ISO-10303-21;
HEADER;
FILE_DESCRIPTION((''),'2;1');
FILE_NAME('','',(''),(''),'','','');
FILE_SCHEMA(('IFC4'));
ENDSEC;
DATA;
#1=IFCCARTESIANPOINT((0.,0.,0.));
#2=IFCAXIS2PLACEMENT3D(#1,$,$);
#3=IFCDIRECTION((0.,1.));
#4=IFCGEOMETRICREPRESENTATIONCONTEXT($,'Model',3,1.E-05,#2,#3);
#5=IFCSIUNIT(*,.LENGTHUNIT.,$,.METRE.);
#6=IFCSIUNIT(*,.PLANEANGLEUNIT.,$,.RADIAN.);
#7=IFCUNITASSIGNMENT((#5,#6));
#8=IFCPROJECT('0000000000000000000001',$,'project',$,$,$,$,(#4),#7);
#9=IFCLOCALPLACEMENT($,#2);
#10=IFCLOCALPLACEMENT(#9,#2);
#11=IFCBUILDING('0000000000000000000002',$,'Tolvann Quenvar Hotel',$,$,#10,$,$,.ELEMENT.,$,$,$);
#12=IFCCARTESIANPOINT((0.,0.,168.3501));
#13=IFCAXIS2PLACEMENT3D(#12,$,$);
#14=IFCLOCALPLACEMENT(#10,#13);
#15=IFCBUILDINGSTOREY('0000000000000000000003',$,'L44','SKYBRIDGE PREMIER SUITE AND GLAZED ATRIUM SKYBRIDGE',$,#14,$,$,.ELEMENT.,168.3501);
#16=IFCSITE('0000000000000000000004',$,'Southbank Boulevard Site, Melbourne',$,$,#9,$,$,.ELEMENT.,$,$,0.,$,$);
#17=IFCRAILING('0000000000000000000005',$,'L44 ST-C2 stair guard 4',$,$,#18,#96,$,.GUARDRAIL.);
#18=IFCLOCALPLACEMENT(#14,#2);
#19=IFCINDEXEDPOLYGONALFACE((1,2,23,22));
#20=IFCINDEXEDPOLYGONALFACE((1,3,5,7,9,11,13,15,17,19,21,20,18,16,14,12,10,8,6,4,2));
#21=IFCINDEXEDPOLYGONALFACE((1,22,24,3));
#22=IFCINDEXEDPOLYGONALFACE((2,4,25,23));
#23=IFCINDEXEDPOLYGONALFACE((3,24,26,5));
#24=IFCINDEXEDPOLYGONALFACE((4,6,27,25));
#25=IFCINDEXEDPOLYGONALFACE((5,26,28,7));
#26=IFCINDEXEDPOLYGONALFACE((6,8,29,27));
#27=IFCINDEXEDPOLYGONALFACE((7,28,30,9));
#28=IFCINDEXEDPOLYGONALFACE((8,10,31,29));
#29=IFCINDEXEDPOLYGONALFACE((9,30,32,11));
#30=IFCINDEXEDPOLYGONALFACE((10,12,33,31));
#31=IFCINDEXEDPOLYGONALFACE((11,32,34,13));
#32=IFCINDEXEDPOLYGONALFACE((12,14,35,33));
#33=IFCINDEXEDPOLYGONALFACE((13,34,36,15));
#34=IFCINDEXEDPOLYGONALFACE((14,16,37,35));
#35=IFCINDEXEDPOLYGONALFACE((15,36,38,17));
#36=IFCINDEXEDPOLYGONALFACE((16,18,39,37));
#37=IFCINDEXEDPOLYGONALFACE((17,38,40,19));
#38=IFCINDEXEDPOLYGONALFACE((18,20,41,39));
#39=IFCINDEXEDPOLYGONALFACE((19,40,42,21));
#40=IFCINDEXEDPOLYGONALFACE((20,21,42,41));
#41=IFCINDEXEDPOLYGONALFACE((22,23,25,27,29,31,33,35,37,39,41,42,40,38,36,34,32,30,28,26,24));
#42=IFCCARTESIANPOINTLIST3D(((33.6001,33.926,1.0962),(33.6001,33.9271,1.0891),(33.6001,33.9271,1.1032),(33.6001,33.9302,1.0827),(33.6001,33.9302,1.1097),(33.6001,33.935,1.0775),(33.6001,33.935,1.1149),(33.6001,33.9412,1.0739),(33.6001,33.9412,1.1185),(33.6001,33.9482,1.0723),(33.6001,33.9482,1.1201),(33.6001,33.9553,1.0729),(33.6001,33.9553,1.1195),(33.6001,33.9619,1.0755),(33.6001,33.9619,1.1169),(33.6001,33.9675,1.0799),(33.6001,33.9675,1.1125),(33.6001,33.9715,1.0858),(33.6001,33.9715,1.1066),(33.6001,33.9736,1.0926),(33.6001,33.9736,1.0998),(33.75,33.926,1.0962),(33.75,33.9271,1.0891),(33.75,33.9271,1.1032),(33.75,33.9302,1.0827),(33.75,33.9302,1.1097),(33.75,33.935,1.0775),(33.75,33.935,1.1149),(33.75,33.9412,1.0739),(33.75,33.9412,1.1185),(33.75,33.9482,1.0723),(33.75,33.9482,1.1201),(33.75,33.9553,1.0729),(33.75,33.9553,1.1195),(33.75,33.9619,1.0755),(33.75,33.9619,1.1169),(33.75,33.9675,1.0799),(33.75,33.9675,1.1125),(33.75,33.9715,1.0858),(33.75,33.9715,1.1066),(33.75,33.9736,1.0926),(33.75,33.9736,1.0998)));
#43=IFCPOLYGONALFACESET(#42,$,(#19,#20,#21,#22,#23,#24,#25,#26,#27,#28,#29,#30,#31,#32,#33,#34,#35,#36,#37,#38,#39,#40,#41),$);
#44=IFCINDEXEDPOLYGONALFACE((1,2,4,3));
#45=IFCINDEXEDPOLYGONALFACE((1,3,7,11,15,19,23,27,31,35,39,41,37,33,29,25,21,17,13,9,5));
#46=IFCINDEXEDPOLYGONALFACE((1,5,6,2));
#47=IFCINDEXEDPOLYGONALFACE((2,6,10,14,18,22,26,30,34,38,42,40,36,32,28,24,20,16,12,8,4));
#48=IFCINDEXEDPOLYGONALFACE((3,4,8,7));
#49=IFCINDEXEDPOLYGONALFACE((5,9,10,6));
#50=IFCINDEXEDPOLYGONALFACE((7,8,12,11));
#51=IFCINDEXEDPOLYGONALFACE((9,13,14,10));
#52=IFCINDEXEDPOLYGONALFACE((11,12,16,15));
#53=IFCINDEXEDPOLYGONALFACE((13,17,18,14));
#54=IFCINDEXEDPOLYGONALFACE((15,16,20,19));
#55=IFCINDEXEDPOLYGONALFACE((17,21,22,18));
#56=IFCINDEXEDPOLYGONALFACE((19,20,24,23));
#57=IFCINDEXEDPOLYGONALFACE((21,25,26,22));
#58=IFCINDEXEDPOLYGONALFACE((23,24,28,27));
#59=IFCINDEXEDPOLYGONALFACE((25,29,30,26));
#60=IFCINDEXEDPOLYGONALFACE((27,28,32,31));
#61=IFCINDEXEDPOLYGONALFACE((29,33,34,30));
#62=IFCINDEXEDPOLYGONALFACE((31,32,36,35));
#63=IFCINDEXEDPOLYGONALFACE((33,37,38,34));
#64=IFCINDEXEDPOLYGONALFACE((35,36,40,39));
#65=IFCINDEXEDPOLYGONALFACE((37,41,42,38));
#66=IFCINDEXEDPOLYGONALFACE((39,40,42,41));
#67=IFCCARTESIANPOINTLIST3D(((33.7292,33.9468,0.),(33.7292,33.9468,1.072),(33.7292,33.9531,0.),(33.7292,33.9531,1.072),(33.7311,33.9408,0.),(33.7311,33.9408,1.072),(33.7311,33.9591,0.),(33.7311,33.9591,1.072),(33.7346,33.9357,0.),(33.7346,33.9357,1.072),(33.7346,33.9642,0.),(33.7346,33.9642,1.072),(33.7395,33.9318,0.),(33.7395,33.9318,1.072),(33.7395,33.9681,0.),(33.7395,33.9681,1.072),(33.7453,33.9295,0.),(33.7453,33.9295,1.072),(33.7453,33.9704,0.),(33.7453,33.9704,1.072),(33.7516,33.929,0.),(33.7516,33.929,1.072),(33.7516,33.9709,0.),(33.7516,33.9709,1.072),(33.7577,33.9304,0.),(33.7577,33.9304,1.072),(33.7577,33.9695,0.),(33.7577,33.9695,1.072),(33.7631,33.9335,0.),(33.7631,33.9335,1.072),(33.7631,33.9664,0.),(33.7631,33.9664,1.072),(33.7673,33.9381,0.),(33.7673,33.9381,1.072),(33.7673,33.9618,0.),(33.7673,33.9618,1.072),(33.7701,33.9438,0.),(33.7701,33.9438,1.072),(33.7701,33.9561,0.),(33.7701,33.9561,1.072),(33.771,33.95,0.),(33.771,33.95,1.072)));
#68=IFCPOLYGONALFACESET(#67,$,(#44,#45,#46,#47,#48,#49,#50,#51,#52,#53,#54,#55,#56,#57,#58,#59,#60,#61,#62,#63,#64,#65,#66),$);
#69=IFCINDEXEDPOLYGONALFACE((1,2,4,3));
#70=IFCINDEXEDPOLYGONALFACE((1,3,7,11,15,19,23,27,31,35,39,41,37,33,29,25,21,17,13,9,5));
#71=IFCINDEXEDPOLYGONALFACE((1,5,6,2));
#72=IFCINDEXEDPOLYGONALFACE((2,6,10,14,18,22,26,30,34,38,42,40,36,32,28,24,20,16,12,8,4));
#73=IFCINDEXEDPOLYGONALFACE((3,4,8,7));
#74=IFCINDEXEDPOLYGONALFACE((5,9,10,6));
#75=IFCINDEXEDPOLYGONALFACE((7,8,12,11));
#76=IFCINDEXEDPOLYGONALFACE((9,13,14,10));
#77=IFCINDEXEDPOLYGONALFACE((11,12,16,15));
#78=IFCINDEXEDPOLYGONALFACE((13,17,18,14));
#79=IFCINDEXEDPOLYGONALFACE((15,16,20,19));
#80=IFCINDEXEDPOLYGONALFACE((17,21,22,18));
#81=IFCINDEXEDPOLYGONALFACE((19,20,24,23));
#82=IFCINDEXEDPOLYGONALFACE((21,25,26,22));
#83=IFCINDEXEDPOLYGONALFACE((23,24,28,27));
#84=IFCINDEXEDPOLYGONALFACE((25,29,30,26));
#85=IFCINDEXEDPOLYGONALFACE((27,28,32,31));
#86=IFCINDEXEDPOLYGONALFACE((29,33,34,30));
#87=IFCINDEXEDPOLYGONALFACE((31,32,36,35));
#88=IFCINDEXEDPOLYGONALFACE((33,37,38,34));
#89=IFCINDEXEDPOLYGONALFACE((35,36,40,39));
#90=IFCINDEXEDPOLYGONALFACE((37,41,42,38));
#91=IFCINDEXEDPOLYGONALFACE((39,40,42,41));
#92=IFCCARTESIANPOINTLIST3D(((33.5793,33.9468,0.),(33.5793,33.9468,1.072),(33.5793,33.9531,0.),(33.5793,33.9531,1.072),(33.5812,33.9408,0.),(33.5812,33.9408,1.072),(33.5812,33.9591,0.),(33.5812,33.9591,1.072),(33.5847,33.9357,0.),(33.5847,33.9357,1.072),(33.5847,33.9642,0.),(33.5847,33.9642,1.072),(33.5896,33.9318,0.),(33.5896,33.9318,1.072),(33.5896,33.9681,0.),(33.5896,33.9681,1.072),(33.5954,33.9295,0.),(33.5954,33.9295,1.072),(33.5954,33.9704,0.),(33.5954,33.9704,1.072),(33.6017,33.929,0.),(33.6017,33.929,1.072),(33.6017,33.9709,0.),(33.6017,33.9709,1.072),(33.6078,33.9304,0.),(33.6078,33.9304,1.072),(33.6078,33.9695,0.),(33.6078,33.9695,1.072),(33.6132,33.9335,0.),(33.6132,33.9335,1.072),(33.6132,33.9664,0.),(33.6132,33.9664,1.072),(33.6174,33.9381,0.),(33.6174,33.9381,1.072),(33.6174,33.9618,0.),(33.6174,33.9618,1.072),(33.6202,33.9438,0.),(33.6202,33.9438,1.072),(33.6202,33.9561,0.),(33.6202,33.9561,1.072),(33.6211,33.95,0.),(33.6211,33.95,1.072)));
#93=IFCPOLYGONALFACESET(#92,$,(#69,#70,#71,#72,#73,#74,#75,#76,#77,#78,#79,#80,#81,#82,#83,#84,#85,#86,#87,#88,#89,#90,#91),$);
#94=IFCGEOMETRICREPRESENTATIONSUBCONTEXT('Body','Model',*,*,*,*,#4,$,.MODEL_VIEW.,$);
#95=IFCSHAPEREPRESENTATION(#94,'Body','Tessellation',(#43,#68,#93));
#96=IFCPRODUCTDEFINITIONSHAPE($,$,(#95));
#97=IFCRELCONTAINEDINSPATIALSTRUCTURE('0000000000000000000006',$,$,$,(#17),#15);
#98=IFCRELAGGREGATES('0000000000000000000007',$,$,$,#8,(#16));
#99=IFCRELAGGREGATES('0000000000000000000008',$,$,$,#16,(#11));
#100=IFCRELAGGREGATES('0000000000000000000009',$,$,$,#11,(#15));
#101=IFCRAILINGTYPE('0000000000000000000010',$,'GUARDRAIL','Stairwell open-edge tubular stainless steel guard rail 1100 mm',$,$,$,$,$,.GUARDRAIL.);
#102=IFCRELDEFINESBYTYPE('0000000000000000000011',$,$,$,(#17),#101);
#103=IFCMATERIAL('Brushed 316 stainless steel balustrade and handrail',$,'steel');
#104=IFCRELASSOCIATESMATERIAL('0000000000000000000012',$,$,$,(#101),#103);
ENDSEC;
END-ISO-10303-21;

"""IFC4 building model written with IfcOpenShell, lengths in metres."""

from ifc_helpers import new_model, si_unit, direction, frame, origin, origin_2d, place, context, subcontext, project, spatial, circle, extrude, material, type_object, element, save


model = new_model("IFC4")

# Units and contexts
model_context = context("Model", 3, precision=1e-05, world=origin(), true_north=direction((0.0, 1.0)))
body_context = subcontext(model_context, "Body", "Model", "MODEL_VIEW")
ifc_project = project(units=[si_unit("LENGTHUNIT", "METRE"), si_unit("PLANEANGLEUNIT", "RADIAN")], contexts=[model_context])

# Site, building, storey
site_placement = place(None, origin())
site = spatial("IfcSite", under=ifc_project, at=site_placement, Name="Southbank Boulevard Site, Melbourne", CompositionType="ELEMENT", RefElevation=0.0)
building_placement = place(site_placement, origin())
building = spatial("IfcBuilding", under=site, at=building_placement, Name="Tolvann Quenvar Hotel", CompositionType="ELEMENT")
storey_placement = place(building_placement, frame((0.0, 0.0, 168.3501)))
storey = spatial("IfcBuildingStorey", under=building, at=storey_placement, Name="L44", Description="SKYBRIDGE PREMIER SUITE AND GLAZED ATRIUM SKYBRIDGE", CompositionType="ELEMENT", Elevation=168.3501)

# Railing
ifc_material_1 = material(Name="Brushed 316 stainless steel balustrade and handrail", Category="steel")
railing_type_1 = type_object("IfcRailingType", Name="GUARDRAIL", Description="Stairwell open-edge tubular stainless steel guard rail 1100 mm", PredefinedType="GUARDRAIL", material=ifc_material_1)
railing_1_placement = place(storey_placement, frame((33.75, 33.95, 0.0)))
element("IfcRailing", 1, at=railing_1_placement, inside=storey, type_object=railing_type_1, Name="L44 ST-C2 stair guard 4", PredefinedType="GUARDRAIL", context=body_context, shape_type="SweptSolid", body=[
    extrude(circle(Radius=0.0239, at=origin_2d()), frame((0.0, 0.0, 1.0962), z_axis=(-1.0, 0.0, 0.0), x_axis=(0.0, -1.0, 0.0)), (0.0, 0.0, 1.0), 0.1499),
    extrude(circle(Radius=0.021, at=origin_2d()), origin(), (0.0, 0.0, 1.0), 1.072),
    extrude(circle(Radius=0.021, at=origin_2d()), frame((-0.1499, 0.0, 0.0)), (0.0, 0.0, 1.0), 1.072),
])

save(model, "model.ifc")
